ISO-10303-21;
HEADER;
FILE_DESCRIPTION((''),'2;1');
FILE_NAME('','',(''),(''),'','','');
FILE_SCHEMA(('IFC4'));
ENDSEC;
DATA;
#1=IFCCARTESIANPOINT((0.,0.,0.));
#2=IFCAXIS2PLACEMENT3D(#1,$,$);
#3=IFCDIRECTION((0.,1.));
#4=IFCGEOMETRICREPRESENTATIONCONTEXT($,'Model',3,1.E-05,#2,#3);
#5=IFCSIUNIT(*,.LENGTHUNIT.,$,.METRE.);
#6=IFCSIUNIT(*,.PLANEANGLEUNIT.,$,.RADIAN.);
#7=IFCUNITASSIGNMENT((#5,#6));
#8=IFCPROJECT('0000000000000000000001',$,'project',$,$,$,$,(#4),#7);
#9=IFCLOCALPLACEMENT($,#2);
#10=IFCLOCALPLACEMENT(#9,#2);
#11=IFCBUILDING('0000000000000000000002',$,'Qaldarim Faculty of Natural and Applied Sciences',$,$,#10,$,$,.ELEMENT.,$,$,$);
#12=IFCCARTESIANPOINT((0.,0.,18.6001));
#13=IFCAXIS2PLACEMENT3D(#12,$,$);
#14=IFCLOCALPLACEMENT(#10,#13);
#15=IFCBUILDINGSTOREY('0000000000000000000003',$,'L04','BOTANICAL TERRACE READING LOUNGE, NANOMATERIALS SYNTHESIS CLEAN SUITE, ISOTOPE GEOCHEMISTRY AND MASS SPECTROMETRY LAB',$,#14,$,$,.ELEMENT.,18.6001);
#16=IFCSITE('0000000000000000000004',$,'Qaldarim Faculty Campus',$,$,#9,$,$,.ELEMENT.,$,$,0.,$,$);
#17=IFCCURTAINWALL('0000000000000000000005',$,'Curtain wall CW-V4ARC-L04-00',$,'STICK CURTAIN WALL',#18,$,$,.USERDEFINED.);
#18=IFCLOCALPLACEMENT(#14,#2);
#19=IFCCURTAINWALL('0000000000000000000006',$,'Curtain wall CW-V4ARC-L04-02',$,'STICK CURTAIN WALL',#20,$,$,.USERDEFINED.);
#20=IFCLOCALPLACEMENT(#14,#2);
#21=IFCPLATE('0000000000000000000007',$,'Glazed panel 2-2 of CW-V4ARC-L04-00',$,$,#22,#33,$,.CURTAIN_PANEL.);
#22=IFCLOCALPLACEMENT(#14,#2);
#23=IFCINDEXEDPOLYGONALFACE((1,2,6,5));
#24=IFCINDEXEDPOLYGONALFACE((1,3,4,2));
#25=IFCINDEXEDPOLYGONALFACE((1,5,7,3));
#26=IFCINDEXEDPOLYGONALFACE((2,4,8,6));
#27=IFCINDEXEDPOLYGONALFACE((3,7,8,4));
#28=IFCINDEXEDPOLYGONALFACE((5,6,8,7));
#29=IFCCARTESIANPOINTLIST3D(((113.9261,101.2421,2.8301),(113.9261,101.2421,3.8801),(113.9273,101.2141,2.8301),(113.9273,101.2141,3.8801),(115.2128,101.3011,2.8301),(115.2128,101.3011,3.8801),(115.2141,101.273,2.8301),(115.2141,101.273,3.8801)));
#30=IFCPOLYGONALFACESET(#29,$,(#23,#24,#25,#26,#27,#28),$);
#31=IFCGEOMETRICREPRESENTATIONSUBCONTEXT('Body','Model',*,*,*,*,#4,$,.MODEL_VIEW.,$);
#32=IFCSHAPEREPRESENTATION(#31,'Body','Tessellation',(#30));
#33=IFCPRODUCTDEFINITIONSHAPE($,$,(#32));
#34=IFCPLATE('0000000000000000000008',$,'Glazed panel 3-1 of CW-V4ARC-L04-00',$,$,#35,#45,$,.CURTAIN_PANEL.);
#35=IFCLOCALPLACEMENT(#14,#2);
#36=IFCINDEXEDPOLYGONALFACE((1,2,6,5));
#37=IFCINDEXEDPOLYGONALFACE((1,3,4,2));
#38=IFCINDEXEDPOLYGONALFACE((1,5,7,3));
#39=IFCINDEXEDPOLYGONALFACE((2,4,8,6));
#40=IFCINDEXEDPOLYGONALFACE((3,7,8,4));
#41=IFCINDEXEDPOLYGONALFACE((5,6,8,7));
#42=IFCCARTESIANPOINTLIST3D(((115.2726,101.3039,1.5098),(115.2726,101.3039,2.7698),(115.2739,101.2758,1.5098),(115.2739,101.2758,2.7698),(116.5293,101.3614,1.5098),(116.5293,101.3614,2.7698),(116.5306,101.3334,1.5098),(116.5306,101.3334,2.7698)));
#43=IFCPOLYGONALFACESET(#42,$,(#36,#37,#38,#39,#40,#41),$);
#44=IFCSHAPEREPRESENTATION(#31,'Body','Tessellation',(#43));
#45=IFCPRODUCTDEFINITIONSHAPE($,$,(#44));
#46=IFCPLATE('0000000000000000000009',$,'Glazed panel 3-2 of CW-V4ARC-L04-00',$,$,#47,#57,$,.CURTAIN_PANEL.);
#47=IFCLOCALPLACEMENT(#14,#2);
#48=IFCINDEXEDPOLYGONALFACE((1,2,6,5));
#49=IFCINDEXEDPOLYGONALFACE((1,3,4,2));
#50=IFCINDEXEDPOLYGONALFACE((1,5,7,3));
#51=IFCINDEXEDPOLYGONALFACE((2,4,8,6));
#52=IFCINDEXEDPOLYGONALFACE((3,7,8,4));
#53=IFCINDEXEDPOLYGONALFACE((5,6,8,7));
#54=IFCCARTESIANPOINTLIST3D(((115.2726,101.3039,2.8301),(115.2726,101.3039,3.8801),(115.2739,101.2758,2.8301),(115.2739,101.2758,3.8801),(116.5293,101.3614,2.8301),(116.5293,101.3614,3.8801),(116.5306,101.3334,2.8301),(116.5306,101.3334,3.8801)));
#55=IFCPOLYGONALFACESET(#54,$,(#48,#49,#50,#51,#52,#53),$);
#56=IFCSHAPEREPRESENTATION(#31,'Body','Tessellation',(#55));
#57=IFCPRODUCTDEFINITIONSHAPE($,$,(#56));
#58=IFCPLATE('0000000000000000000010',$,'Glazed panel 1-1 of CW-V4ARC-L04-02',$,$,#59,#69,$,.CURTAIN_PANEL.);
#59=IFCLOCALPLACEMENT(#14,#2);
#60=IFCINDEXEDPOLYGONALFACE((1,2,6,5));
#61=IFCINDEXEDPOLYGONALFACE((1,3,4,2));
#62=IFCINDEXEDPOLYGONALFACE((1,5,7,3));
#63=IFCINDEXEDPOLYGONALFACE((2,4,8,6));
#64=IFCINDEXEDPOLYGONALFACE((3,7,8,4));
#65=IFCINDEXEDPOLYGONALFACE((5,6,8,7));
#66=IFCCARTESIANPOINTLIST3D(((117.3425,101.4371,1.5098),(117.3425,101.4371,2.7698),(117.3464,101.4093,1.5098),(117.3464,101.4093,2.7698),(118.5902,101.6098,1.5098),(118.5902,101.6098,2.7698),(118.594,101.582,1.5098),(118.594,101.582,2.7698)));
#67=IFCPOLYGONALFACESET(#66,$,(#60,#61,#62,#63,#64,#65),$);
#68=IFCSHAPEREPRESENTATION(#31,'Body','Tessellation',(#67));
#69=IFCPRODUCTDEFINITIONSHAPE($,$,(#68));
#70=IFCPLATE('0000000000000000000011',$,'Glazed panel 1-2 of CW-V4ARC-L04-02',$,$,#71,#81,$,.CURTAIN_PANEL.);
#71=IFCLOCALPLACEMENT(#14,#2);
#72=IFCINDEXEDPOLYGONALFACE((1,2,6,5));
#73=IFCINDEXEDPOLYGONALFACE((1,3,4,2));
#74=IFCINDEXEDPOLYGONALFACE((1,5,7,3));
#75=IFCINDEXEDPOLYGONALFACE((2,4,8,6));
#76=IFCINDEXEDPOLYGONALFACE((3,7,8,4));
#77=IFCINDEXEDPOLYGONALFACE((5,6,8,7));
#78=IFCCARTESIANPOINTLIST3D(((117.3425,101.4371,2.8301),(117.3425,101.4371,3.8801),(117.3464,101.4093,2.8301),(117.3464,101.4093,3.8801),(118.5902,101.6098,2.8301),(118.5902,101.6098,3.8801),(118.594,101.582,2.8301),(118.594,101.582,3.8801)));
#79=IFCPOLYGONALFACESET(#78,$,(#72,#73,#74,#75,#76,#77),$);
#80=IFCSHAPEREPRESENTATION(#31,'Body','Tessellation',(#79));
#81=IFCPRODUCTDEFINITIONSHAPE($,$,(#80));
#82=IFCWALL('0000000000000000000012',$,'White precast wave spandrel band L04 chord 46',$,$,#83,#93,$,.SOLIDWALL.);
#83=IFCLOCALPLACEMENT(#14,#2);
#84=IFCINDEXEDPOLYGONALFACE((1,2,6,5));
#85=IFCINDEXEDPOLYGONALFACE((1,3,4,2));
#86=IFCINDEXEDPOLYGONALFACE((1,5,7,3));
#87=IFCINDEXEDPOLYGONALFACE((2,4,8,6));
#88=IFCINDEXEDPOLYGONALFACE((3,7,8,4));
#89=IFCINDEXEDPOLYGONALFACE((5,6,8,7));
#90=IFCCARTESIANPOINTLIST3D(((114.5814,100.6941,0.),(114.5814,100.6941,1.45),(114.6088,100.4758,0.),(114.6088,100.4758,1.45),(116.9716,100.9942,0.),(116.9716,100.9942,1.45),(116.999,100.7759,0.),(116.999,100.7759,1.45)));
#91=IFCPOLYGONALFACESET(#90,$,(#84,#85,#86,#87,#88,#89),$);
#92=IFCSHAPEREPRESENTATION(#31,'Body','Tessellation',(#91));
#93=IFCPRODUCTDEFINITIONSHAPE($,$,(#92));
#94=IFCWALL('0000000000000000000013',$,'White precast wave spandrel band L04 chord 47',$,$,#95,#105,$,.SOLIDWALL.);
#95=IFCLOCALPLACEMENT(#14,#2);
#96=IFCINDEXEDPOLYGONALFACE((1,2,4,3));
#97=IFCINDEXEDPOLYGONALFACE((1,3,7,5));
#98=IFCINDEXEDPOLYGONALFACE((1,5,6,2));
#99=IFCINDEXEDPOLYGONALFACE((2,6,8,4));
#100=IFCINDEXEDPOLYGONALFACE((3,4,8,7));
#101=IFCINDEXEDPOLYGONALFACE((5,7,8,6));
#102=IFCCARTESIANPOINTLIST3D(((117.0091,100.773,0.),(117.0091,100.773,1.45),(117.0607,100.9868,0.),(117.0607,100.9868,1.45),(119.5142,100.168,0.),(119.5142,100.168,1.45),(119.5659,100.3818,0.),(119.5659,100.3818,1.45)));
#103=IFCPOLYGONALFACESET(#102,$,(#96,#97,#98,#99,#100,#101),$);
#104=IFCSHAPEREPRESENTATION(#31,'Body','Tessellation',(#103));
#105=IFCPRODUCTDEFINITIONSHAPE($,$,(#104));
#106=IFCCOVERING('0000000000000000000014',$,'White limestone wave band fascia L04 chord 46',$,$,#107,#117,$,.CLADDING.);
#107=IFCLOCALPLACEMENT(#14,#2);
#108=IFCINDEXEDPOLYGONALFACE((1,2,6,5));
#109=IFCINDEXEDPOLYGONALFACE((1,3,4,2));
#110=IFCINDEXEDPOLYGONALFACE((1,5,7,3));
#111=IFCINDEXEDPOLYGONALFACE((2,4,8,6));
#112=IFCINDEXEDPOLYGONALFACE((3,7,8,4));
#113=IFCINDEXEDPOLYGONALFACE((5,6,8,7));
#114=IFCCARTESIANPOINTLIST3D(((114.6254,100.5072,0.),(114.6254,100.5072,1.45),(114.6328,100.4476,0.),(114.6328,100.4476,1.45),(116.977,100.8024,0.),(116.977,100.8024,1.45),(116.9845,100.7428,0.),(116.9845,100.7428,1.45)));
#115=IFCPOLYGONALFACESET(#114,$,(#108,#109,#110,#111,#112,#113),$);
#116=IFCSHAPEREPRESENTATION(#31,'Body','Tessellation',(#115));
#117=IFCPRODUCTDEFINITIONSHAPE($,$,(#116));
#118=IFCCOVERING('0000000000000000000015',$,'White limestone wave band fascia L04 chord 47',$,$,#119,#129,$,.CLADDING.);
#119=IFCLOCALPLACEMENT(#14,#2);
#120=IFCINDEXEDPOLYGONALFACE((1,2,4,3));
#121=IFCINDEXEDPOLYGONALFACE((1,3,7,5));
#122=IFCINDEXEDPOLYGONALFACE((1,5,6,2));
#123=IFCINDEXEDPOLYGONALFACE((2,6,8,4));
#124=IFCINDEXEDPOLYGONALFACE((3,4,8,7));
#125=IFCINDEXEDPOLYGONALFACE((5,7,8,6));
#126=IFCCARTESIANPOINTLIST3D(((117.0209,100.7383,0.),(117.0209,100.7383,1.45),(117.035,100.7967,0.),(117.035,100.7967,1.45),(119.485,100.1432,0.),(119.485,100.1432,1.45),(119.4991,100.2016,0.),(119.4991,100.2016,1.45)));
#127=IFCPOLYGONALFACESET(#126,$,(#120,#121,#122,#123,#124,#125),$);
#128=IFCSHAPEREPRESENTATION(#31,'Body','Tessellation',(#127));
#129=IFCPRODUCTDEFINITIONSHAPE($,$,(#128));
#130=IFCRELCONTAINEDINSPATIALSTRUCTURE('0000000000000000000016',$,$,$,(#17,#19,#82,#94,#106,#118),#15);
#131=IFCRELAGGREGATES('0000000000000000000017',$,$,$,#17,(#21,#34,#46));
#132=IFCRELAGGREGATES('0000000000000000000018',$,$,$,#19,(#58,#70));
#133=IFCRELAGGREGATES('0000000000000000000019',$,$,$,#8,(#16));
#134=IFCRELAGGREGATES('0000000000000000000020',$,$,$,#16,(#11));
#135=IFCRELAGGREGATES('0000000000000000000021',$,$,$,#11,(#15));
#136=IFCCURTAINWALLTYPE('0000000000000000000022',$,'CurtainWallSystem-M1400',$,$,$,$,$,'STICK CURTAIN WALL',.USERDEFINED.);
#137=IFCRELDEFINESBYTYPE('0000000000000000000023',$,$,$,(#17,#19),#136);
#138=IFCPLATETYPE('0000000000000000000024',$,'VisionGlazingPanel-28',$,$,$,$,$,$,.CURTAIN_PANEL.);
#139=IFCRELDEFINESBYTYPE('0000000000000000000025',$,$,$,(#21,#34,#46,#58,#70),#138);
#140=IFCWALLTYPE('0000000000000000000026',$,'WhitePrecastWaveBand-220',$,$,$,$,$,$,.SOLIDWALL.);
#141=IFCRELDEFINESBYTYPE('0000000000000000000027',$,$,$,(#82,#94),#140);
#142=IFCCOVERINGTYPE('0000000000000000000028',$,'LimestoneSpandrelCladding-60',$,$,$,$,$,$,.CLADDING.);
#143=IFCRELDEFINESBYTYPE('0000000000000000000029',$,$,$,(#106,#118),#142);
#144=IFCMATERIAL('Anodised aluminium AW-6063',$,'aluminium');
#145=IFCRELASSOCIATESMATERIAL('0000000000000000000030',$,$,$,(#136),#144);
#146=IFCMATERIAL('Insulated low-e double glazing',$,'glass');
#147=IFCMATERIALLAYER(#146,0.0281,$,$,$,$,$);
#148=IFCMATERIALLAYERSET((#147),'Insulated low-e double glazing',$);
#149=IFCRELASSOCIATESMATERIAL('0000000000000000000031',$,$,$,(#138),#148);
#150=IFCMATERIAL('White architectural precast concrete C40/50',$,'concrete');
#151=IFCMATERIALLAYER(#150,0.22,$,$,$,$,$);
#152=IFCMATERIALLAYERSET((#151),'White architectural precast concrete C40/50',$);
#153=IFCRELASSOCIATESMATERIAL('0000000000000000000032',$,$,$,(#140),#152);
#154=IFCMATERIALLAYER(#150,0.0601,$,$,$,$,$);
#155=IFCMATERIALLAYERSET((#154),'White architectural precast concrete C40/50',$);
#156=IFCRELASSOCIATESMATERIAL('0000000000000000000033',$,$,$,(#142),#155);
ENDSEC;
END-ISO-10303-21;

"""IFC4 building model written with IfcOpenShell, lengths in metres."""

from ifc_helpers import new_model, si_unit, direction, frame, frame_2d, origin, origin_2d, place, context, subcontext, project, spatial, rectangle, extrude, material, layer, layer_set, type_object, element, aggregate, save


model = new_model("IFC4")

# Units and contexts
model_context = context("Model", 3, precision=1e-05, world=origin(), true_north=direction((0.0, 1.0)))
body_context = subcontext(model_context, "Body", "Model", "MODEL_VIEW")
ifc_project = project(units=[si_unit("LENGTHUNIT", "METRE"), si_unit("PLANEANGLEUNIT", "RADIAN")], contexts=[model_context])

# Site, building, storey
site_placement = place(None, origin())
site = spatial("IfcSite", under=ifc_project, at=site_placement, Name="Qaldarim Faculty Campus", CompositionType="ELEMENT", RefElevation=0.0)
building_placement = place(site_placement, origin())
building = spatial("IfcBuilding", under=site, at=building_placement, Name="Qaldarim Faculty of Natural and Applied Sciences", CompositionType="ELEMENT")
storey_placement = place(building_placement, frame((0.0, 0.0, 18.6001)))
storey = spatial("IfcBuildingStorey", under=building, at=storey_placement, Name="L04", Description="BOTANICAL TERRACE READING LOUNGE, NANOMATERIALS SYNTHESIS CLEAN SUITE, ISOTOPE GEOCHEMISTRY AND MASS SPECTROMETRY LAB", CompositionType="ELEMENT", Elevation=18.6001)

# Curtain wall
ifc_material_1 = material(Name="Anodised aluminium AW-6063", Category="aluminium")
curtain_wall_type = type_object("IfcCurtainWallType", Name="CurtainWallSystem-M1400", ElementType="STICK CURTAIN WALL", PredefinedType="USERDEFINED", material=ifc_material_1)
curtain_wall_1_placement = place(storey_placement, origin())
curtain_wall_1 = element("IfcCurtainWall", 1, at=curtain_wall_1_placement, inside=storey, type_object=curtain_wall_type, Name="Curtain wall CW-V4ARC-L04-00", ObjectType="STICK CURTAIN WALL", PredefinedType="USERDEFINED")

# Curtain wall
curtain_wall_2_placement = place(storey_placement, origin())
curtain_wall_2 = element("IfcCurtainWall", 2, at=curtain_wall_2_placement, inside=storey, type_object=curtain_wall_type, Name="Curtain wall CW-V4ARC-L04-02", ObjectType="STICK CURTAIN WALL", PredefinedType="USERDEFINED")

# Plates
ifc_material_2 = material(Name="Insulated low-e double glazing", Category="glass")
ifc_layer_1 = layer(ifc_material_2, 0.0281)
ifc_layer_set_1 = layer_set([ifc_layer_1], Name="Insulated low-e double glazing")
plate_type = type_object("IfcPlateType", Name="VisionGlazingPanel-28", PredefinedType="CURTAIN_PANEL", material=ifc_layer_set_1)
plate_1_placement = place(storey_placement, frame((114.5701, 101.2576, 2.8301), z_axis=(0.0, 0.0, 1.0), x_axis=(0.998953, 0.045747, 0.0)))
plate_1 = element("IfcPlate", 3, at=plate_1_placement, type_object=plate_type, Name="Glazed panel 2-2 of CW-V4ARC-L04-00", PredefinedType="CURTAIN_PANEL", context=body_context, shape_type="SweptSolid", body=[
    extrude(rectangle(XDim=1.2881, YDim=0.0281, at=origin_2d()), origin(), (0.0, 0.0, 1.0), 1.05),
])
plate_2_placement = place(storey_placement, frame((115.9016, 101.3186, 1.5098), z_axis=(0.0, 0.0, 1.0), x_axis=(0.998953, 0.045747, 0.0)))
plate_2 = element("IfcPlate", 4, at=plate_2_placement, type_object=plate_type, Name="Glazed panel 3-1 of CW-V4ARC-L04-00", PredefinedType="CURTAIN_PANEL", context=body_context, shape_type="SweptSolid", body=[
    extrude(rectangle(XDim=1.2581, YDim=0.0281, at=origin_2d()), origin(), (0.0, 0.0, 1.0), 1.26),
])
plate_3_placement = place(storey_placement, frame((115.9016, 101.3186, 2.8301), z_axis=(0.0, 0.0, 1.0), x_axis=(0.998953, 0.045747, 0.0)))
plate_3 = element("IfcPlate", 5, at=plate_3_placement, type_object=plate_type, Name="Glazed panel 3-2 of CW-V4ARC-L04-00", PredefinedType="CURTAIN_PANEL", context=body_context, shape_type="SweptSolid", body=[
    extrude(rectangle(XDim=1.2581, YDim=0.0281, at=origin_2d()), origin(), (0.0, 0.0, 1.0), 1.05),
])
aggregate(curtain_wall_1, [plate_1, plate_2, plate_3])
plate_4_placement = place(storey_placement, frame((117.9683, 101.5095, 1.5098), z_axis=(0.0, 0.0, 1.0), x_axis=(0.990557, 0.137099, 0.0)))
plate_4 = element("IfcPlate", 6, at=plate_4_placement, type_object=plate_type, Name="Glazed panel 1-1 of CW-V4ARC-L04-02", PredefinedType="CURTAIN_PANEL", context=body_context, shape_type="SweptSolid", body=[
    extrude(rectangle(XDim=1.2595, YDim=0.0281, at=origin_2d()), origin(), (0.0, 0.0, 1.0), 1.26),
])
plate_5_placement = place(storey_placement, frame((117.9683, 101.5095, 2.8301), z_axis=(0.0, 0.0, 1.0), x_axis=(0.990557, 0.137099, 0.0)))
plate_5 = element("IfcPlate", 7, at=plate_5_placement, type_object=plate_type, Name="Glazed panel 1-2 of CW-V4ARC-L04-02", PredefinedType="CURTAIN_PANEL", context=body_context, shape_type="SweptSolid", body=[
    extrude(rectangle(XDim=1.2595, YDim=0.0281, at=origin_2d()), origin(), (0.0, 0.0, 1.0), 1.05),
])
aggregate(curtain_wall_2, [plate_4, plate_5])

# Walls
ifc_material_3 = material(Name="White architectural precast concrete C40/50", Category="concrete")
ifc_layer_2 = layer(ifc_material_3, 0.22)
ifc_layer_set_2 = layer_set([ifc_layer_2], Name="White architectural precast concrete C40/50")
wall_type = type_object("IfcWallType", Name="WhitePrecastWaveBand-220", PredefinedType="SOLIDWALL", material=ifc_layer_set_2)
wall_1_placement = place(storey_placement, frame((114.595, 100.585, 0.0), z_axis=(0.0, 0.0, 1.0), x_axis=(0.992212, 0.124559, 0.0)))
element("IfcWall", 8, at=wall_1_placement, inside=storey, type_object=wall_type, Name="White precast wave spandrel band L04 chord 46", PredefinedType="SOLIDWALL", context=body_context, shape_type="SweptSolid", body=[
    extrude(rectangle(XDim=2.4089, YDim=0.22, at=frame_2d((1.2046, 0.0))), origin(), (0.0, 0.0, 1.0), 1.45),
])
wall_2_placement = place(storey_placement, frame((117.0349, 100.8799, 0.0), z_axis=(0.0, 0.0, 1.0), x_axis=(0.972056, -0.234749, 0.0)))
element("IfcWall", 9, at=wall_2_placement, inside=storey, type_object=wall_type, Name="White precast wave spandrel band L04 chord 47", PredefinedType="SOLIDWALL", context=body_context, shape_type="SweptSolid", body=[
    extrude(rectangle(XDim=2.5771, YDim=0.22, at=frame_2d((1.2886, 0.0))), origin(), (0.0, 0.0, 1.0), 1.45),
])

# Coverings
ifc_layer_3 = layer(ifc_material_3, 0.0601)
ifc_layer_set_3 = layer_set([ifc_layer_3], Name="White architectural precast concrete C40/50")
covering_type = type_object("IfcCoveringType", Name="LimestoneSpandrelCladding-60", PredefinedType="CLADDING", material=ifc_layer_set_3)
covering_1_placement = place(storey_placement, frame((115.8049, 100.625, 0.0), z_axis=(0.0, 0.0, 1.0), x_axis=(0.992213, 0.124554, 0.0)))
element("IfcCovering", 10, at=covering_1_placement, inside=storey, type_object=covering_type, Name="White limestone wave band fascia L04 chord 46", PredefinedType="CLADDING", context=body_context, shape_type="SweptSolid", body=[
    extrude(rectangle(XDim=2.3701, YDim=0.0601, at=origin_2d()), origin(), (0.0, 0.0, 1.0), 1.45),
])
covering_2_placement = place(storey_placement, frame((118.26, 100.47, 0.0), z_axis=(0.0, 0.0, 1.0), x_axis=(0.972051, -0.234769, 0.0)))
element("IfcCovering", 11, at=covering_2_placement, inside=storey, type_object=covering_type, Name="White limestone wave band fascia L04 chord 47", PredefinedType="CLADDING", context=body_context, shape_type="SweptSolid", body=[
    extrude(rectangle(XDim=2.5349, YDim=0.0601, at=origin_2d()), origin(), (0.0, 0.0, 1.0), 1.45),
])

save(model, "model.ifc")
